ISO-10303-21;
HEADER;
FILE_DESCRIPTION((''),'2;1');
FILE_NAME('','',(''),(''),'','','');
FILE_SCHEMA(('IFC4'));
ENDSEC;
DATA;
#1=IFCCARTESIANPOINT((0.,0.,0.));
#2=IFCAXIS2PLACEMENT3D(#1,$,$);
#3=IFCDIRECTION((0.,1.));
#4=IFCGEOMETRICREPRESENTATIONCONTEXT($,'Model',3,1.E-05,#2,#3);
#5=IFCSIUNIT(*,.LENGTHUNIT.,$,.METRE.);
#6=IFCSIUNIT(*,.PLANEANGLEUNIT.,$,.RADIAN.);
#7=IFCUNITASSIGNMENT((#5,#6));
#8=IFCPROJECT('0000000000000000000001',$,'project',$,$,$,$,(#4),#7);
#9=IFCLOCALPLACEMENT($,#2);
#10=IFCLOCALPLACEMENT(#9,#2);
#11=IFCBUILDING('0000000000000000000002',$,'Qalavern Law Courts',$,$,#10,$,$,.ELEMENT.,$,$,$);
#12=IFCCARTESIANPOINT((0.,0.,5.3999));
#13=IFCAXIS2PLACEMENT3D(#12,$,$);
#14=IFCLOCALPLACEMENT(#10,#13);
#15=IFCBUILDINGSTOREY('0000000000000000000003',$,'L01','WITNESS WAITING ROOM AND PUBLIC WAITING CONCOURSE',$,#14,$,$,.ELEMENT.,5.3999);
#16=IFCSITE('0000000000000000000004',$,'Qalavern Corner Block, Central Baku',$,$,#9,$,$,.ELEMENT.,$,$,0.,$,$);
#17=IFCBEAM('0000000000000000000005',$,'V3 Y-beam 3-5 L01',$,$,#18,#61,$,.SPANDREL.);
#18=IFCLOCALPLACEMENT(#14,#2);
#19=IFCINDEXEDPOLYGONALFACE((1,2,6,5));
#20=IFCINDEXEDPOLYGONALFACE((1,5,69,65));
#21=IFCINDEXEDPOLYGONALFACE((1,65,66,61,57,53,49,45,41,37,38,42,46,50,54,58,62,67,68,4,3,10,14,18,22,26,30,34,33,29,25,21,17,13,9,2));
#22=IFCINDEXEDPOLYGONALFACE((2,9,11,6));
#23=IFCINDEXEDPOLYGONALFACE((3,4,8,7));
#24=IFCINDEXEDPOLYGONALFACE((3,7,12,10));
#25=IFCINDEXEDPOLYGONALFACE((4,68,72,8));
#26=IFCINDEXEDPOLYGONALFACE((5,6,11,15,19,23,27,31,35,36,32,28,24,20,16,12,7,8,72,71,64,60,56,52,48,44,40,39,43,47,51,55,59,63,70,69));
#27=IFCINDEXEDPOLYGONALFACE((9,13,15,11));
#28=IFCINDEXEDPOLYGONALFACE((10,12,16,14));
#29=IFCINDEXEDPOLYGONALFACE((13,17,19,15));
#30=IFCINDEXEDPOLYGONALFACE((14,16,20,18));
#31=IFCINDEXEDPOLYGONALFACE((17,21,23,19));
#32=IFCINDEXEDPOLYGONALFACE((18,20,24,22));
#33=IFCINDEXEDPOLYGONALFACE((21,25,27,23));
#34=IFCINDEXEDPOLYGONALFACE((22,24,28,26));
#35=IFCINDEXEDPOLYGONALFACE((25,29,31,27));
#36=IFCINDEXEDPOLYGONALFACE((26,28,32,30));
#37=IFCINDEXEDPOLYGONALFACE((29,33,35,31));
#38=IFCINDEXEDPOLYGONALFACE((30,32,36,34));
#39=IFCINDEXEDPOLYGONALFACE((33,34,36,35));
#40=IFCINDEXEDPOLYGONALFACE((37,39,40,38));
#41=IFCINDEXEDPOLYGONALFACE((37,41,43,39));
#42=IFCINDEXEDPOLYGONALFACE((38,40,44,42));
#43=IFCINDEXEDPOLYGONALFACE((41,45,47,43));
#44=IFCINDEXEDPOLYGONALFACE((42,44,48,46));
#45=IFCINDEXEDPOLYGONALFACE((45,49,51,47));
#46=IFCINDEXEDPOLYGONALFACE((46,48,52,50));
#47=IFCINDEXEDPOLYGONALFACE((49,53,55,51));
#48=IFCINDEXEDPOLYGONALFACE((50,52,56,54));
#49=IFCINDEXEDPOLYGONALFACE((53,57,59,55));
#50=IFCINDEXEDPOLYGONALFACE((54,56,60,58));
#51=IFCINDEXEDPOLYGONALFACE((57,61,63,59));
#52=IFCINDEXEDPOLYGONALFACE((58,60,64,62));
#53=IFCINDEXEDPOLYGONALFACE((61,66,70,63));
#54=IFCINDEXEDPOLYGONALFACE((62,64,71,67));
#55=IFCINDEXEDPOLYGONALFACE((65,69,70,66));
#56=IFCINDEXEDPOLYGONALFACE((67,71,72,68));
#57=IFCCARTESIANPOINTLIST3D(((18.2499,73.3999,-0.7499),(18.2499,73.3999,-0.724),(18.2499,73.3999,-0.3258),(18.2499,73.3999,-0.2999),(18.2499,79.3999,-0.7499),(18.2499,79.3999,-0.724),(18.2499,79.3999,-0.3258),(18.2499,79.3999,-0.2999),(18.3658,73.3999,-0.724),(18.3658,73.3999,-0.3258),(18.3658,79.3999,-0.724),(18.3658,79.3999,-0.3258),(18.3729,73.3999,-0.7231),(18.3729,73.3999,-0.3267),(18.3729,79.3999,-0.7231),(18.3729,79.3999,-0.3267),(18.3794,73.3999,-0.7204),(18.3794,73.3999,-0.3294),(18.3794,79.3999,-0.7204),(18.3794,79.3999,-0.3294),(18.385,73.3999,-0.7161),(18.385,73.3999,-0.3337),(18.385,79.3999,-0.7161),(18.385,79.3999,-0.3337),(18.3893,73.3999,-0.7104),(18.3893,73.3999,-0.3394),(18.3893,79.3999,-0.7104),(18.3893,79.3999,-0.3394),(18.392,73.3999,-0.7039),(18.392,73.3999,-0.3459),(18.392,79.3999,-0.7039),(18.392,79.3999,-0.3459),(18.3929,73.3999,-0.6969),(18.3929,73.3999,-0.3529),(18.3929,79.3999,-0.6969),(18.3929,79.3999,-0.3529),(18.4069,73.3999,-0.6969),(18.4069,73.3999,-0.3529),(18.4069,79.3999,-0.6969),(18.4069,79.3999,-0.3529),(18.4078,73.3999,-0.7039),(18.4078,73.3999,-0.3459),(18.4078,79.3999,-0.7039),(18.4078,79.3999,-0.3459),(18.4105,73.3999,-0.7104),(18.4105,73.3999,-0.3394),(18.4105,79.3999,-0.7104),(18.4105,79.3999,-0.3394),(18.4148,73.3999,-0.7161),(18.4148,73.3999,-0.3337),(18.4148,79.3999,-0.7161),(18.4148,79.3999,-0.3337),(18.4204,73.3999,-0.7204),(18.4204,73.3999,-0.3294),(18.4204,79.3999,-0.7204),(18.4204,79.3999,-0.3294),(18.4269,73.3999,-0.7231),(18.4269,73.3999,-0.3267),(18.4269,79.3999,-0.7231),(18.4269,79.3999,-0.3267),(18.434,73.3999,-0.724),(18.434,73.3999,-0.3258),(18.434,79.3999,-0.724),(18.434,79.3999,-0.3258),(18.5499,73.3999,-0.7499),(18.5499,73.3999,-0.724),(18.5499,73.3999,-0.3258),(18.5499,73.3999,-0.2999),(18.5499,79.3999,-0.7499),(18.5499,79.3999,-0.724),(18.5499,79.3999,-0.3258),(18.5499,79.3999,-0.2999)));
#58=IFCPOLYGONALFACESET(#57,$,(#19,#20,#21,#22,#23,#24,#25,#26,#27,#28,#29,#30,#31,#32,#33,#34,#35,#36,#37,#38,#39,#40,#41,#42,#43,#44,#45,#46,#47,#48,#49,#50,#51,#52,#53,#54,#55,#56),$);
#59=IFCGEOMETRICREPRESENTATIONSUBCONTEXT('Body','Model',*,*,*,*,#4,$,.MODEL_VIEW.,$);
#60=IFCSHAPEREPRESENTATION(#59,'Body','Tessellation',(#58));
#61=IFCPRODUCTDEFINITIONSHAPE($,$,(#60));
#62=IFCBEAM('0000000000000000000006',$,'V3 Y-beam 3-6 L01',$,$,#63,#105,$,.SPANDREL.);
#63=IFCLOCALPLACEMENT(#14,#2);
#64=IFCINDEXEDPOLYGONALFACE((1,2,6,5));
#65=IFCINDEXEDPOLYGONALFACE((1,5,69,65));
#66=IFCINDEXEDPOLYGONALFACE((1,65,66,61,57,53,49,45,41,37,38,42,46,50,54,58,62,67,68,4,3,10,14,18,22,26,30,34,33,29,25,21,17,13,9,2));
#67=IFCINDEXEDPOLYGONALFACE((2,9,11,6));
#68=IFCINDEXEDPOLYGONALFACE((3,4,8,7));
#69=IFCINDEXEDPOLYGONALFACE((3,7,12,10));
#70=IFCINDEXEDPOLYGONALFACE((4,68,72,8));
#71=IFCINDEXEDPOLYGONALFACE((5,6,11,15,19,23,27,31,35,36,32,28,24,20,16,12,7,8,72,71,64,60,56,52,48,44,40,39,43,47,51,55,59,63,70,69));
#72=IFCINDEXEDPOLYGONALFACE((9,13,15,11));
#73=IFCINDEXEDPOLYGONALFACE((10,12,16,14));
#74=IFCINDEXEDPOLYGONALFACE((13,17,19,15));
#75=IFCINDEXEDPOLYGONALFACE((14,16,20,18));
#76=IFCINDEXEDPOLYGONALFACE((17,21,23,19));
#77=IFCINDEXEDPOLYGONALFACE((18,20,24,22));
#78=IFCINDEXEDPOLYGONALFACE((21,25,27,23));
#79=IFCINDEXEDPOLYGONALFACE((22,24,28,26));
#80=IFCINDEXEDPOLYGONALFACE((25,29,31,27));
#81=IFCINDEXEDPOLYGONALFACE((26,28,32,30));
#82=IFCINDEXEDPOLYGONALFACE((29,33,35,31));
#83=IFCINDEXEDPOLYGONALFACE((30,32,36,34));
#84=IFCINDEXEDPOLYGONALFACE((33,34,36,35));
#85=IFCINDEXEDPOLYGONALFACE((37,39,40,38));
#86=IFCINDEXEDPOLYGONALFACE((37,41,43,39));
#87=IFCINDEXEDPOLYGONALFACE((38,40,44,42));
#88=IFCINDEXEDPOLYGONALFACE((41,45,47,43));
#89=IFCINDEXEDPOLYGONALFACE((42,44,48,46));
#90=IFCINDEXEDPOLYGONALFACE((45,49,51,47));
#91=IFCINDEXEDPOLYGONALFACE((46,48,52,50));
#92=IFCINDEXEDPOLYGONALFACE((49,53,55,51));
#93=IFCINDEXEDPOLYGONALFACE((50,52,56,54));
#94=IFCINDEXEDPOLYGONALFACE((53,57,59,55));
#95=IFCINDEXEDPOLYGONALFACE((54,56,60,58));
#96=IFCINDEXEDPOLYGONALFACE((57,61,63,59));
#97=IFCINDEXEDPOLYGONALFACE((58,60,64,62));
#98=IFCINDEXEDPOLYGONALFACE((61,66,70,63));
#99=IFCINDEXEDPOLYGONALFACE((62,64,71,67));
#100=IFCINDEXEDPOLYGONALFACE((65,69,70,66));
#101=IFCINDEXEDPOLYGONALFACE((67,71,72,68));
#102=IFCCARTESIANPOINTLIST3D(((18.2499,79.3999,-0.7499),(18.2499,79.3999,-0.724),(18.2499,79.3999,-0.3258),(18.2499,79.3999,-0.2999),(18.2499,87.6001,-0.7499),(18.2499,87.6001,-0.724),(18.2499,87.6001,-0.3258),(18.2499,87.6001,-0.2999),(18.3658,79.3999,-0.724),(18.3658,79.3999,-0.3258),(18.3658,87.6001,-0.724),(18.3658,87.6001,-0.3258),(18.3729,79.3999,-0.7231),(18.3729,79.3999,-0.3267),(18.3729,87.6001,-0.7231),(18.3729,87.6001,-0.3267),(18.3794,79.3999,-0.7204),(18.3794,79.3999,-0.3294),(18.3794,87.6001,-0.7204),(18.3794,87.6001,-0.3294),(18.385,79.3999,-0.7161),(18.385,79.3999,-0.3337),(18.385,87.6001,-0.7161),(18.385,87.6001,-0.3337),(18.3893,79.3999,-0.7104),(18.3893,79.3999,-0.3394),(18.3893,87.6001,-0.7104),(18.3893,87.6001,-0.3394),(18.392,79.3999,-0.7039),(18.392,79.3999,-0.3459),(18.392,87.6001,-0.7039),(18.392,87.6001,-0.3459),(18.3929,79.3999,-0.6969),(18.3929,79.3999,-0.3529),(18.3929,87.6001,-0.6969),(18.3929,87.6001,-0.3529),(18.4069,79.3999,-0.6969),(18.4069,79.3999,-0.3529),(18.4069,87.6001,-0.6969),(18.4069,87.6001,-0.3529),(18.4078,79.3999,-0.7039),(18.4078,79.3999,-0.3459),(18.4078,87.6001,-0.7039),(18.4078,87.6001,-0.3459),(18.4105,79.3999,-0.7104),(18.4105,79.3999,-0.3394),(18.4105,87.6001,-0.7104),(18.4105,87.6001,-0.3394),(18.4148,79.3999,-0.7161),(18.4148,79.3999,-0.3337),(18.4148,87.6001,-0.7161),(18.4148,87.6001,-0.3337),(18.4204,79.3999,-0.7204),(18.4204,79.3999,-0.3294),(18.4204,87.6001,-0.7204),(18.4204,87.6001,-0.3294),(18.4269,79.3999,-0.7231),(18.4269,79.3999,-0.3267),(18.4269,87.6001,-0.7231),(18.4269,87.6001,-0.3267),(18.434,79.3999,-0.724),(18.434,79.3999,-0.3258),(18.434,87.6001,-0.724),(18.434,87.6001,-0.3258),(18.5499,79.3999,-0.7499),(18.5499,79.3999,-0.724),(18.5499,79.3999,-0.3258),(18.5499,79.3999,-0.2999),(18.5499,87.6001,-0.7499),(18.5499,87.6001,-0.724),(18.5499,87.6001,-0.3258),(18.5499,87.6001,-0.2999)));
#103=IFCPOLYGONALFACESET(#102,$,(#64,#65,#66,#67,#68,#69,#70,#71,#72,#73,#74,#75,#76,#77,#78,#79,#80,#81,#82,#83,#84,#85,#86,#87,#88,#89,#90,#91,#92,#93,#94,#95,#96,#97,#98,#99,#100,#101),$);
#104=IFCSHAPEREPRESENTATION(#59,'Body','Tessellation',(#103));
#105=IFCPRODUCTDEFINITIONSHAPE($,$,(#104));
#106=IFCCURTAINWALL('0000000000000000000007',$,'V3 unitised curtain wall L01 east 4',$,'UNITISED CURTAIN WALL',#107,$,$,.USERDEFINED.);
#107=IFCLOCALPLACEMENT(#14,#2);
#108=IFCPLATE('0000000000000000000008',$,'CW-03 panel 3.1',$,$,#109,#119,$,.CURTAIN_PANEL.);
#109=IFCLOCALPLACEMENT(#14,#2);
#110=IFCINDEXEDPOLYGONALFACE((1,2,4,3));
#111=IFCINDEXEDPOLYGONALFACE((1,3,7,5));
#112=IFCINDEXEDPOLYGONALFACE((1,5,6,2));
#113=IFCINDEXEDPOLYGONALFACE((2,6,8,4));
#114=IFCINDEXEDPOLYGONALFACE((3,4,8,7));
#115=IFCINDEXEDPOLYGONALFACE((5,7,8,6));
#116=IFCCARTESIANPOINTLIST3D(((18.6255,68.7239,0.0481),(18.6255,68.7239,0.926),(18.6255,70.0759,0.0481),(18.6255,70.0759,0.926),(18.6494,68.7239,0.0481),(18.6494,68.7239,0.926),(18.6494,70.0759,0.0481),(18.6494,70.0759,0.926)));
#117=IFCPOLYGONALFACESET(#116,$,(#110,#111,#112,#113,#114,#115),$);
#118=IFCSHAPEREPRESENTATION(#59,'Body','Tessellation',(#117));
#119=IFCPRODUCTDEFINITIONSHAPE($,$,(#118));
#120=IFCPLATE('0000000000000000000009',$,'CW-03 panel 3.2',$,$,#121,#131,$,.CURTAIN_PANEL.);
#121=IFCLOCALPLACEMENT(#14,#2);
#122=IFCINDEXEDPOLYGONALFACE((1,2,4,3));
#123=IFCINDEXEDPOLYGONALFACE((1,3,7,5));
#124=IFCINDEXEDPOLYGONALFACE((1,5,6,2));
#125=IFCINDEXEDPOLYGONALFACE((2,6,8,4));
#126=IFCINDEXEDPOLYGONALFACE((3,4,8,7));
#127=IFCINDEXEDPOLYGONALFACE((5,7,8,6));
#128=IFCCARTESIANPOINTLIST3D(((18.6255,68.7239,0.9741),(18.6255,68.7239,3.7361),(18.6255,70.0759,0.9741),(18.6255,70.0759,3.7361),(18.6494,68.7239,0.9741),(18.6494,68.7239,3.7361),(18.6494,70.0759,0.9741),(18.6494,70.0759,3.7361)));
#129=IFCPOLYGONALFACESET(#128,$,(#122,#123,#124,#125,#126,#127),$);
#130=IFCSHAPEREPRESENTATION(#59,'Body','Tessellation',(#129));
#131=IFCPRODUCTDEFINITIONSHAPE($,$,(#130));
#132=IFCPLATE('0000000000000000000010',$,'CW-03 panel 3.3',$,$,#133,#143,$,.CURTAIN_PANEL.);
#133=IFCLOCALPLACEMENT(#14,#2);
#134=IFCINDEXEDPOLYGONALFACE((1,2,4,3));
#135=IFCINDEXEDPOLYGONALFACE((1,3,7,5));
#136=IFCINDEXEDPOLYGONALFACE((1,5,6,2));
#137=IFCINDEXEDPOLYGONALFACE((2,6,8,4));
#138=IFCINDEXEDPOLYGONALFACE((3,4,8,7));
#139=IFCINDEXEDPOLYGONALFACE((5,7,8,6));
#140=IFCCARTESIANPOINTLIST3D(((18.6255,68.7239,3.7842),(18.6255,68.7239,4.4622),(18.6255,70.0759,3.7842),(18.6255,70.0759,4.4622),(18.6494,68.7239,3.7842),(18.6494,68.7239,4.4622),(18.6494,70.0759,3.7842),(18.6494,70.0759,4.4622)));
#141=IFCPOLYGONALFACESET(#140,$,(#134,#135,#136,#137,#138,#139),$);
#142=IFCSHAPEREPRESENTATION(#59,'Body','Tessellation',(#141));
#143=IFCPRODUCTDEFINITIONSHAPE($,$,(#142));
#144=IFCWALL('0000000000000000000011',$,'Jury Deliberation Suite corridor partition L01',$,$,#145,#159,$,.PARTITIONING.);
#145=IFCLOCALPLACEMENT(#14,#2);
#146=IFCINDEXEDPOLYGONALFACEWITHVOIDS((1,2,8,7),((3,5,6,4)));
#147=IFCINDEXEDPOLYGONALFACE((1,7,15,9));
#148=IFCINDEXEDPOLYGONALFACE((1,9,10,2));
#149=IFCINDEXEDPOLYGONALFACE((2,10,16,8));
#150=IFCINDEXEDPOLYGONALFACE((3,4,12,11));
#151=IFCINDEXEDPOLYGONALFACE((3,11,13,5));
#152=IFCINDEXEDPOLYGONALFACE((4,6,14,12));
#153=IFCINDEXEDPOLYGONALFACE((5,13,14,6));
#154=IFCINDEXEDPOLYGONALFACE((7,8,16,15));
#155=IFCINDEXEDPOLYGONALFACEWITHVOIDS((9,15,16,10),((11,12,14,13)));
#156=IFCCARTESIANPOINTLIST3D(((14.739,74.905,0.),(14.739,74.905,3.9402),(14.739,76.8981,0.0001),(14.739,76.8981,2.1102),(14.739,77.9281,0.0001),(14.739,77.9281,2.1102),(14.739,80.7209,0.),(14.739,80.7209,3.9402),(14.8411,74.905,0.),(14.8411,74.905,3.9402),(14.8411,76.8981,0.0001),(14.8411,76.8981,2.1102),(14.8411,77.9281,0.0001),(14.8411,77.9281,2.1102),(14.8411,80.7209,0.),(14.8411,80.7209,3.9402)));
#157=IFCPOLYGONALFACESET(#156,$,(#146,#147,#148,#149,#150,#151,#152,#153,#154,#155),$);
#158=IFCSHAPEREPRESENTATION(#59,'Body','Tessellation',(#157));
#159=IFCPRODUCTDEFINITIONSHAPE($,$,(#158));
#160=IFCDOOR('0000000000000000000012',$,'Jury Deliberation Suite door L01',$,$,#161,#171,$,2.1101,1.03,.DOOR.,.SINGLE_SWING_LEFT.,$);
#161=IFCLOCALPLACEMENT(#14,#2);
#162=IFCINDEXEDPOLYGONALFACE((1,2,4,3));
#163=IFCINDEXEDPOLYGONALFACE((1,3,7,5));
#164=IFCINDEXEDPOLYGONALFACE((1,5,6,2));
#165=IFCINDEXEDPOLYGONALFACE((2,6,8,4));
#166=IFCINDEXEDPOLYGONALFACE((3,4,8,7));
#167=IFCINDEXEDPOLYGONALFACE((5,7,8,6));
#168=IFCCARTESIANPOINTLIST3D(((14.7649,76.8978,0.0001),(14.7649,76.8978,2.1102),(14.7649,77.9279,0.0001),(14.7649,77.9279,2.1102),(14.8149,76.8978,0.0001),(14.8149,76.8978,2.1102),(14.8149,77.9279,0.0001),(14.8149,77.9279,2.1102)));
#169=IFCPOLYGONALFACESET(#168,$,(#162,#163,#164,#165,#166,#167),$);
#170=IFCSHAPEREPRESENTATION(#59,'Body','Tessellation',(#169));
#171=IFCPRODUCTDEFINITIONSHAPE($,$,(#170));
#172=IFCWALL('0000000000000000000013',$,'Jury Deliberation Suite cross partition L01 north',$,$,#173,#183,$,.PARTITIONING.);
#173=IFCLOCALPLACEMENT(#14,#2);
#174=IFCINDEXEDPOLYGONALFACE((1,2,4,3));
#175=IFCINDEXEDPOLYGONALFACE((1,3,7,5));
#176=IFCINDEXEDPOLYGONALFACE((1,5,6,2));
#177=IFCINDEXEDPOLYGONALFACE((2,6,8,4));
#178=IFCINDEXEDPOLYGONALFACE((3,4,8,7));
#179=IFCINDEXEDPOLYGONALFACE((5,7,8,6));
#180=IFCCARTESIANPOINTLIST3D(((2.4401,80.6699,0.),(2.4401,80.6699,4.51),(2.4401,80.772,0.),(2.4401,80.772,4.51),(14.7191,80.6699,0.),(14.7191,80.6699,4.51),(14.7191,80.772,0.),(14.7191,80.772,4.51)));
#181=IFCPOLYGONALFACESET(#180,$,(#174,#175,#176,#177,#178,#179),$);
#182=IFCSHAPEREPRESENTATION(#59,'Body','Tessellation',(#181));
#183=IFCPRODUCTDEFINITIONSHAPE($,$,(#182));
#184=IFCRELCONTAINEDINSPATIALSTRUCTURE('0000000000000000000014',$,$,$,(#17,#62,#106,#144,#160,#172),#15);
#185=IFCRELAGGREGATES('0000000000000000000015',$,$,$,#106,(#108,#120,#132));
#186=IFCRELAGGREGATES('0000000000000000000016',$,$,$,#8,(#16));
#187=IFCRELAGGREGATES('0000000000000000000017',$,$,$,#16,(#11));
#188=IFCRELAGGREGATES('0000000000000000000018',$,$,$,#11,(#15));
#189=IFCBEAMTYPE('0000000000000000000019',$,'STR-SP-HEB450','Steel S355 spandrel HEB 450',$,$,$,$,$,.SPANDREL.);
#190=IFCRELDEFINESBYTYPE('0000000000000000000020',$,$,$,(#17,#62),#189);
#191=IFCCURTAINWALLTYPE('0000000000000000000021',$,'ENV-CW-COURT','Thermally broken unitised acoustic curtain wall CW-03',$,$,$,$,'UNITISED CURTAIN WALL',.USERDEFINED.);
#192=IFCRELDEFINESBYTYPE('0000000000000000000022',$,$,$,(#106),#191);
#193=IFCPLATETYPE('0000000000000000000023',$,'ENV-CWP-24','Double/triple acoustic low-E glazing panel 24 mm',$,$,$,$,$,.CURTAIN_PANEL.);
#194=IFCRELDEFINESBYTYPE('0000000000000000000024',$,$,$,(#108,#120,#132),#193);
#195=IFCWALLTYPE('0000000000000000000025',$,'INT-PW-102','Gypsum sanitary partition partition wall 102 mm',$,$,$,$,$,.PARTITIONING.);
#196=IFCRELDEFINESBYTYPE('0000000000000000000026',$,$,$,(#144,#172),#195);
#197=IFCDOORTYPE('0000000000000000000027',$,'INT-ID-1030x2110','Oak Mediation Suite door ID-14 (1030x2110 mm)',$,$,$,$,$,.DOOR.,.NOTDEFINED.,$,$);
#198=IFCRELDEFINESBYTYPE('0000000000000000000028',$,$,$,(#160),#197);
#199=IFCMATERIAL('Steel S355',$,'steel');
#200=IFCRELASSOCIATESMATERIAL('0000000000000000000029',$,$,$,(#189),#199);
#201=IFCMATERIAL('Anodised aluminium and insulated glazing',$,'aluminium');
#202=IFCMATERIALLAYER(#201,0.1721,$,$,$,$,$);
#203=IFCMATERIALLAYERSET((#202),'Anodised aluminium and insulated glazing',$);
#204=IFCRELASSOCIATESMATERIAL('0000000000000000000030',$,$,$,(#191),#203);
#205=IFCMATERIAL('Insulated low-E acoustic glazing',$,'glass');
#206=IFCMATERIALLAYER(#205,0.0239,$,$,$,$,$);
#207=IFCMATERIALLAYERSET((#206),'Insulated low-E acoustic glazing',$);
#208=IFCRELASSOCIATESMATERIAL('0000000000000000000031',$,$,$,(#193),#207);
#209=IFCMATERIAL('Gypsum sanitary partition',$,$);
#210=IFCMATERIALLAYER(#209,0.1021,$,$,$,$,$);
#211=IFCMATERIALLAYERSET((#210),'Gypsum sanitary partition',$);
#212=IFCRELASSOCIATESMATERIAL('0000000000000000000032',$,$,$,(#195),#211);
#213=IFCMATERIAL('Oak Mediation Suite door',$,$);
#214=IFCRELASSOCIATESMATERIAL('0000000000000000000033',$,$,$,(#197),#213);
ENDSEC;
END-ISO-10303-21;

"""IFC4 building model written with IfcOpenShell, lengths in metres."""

from ifc_helpers import new_model, si_unit, direction, frame, frame_2d, origin, origin_2d, place, context, subcontext, project, spatial, rectangle, i_section, extrude, material, layer, layer_set, material_profile, profile_set, type_object, element, fill, aggregate, save


model = new_model("IFC4")

# Units and contexts
model_context = context("Model", 3, precision=1e-05, world=origin(), true_north=direction((0.0, 1.0)))
body_context = subcontext(model_context, "Body", "Model", "MODEL_VIEW")
ifc_project = project(units=[si_unit("LENGTHUNIT", "METRE"), si_unit("PLANEANGLEUNIT", "RADIAN")], contexts=[model_context])

# Site, building, storey
site_placement = place(None, origin())
site = spatial("IfcSite", under=ifc_project, at=site_placement, Name="Qalavern Corner Block, Central Baku", CompositionType="ELEMENT", RefElevation=0.0)
building_placement = place(site_placement, origin())
building = spatial("IfcBuilding", under=site, at=building_placement, Name="Qalavern Law Courts", CompositionType="ELEMENT")
storey_placement = place(building_placement, frame((0.0, 0.0, 5.3999)))
storey = spatial("IfcBuildingStorey", under=building, at=storey_placement, Name="L01", Description="WITNESS WAITING ROOM AND PUBLIC WAITING CONCOURSE", CompositionType="ELEMENT", Elevation=5.3999)

# Beams
ifc_material_1 = material(Name="Steel S355", Category="steel")
ifc_material_profile_1 = material_profile(ifc_material_1, i_section(OverallWidth=0.3, OverallDepth=0.45, WebThickness=0.0139, FlangeThickness=0.0259, FilletRadius=0.0271, at=origin_2d()), Name="HEB 450")
ifc_profile_set_1 = profile_set([ifc_material_profile_1], Name="Steel S355")
beam_type_1 = type_object("IfcBeamType", Name="STR-SP-HEB450", Description="Steel S355 spandrel HEB 450", PredefinedType="SPANDREL", material=ifc_profile_set_1)
beam_1_placement = place(storey_placement, frame((18.3999, 73.3999, -0.5249), z_axis=(0.0, 1.0, 0.0), x_axis=(-1.0, 0.0, 0.0)))
element("IfcBeam", 1, at=beam_1_placement, inside=storey, type_object=beam_type_1, Name="V3 Y-beam 3-5 L01", PredefinedType="SPANDREL", context=body_context, shape_type="SweptSolid", body=[
    extrude(i_section(OverallWidth=0.3, OverallDepth=0.45, WebThickness=0.0139, FlangeThickness=0.0259, FilletRadius=0.0271, at=origin_2d()), origin(), (0.0, 0.0, 1.0), 6.0),
])
beam_2_placement = place(storey_placement, frame((18.3999, 79.3999, -0.5249), z_axis=(0.0, 1.0, 0.0), x_axis=(-1.0, 0.0, 0.0)))
element("IfcBeam", 2, at=beam_2_placement, inside=storey, type_object=beam_type_1, Name="V3 Y-beam 3-6 L01", PredefinedType="SPANDREL", context=body_context, shape_type="SweptSolid", body=[
    extrude(i_section(OverallWidth=0.3, OverallDepth=0.45, WebThickness=0.0139, FlangeThickness=0.0259, FilletRadius=0.0271, at=origin_2d()), origin(), (0.0, 0.0, 1.0), 8.2002),
])

# Curtain wall, plates
ifc_material_2 = material(Name="Anodised aluminium and insulated glazing", Category="aluminium")
ifc_layer_1 = layer(ifc_material_2, 0.1721)
ifc_layer_set_1 = layer_set([ifc_layer_1], Name="Anodised aluminium and insulated glazing")
curtain_wall_type = type_object("IfcCurtainWallType", Name="ENV-CW-COURT", Description="Thermally broken unitised acoustic curtain wall CW-03", ElementType="UNITISED CURTAIN WALL", PredefinedType="USERDEFINED", material=ifc_layer_set_1)
curtain_wall_placement = place(storey_placement, origin())
curtain_wall = element("IfcCurtainWall", 3, at=curtain_wall_placement, inside=storey, type_object=curtain_wall_type, Name="V3 unitised curtain wall L01 east 4", ObjectType="UNITISED CURTAIN WALL", PredefinedType="USERDEFINED")
ifc_material_3 = material(Name="Insulated low-E acoustic glazing", Category="glass")
ifc_layer_2 = layer(ifc_material_3, 0.0239)
ifc_layer_set_2 = layer_set([ifc_layer_2], Name="Insulated low-E acoustic glazing")
plate_type = type_object("IfcPlateType", Name="ENV-CWP-24", Description="Double/triple acoustic low-E glazing panel 24 mm", PredefinedType="CURTAIN_PANEL", material=ifc_layer_set_2)
plate_1_placement = place(storey_placement, frame((18.6375, 69.3999, 0.0481), z_axis=(0.0, 0.0, 1.0), x_axis=(0.0, 1.0, 0.0)))
plate_1 = element("IfcPlate", 4, at=plate_1_placement, type_object=plate_type, Name="CW-03 panel 3.1", PredefinedType="CURTAIN_PANEL", context=body_context, shape_type="SweptSolid", body=[
    extrude(rectangle(XDim=1.3521, YDim=0.0239, at=origin_2d()), origin(), (0.0, 0.0, 1.0), 0.8779),
])
plate_2_placement = place(storey_placement, frame((18.6375, 69.3999, 0.9741), z_axis=(0.0, 0.0, 1.0), x_axis=(0.0, 1.0, 0.0)))
plate_2 = element("IfcPlate", 5, at=plate_2_placement, type_object=plate_type, Name="CW-03 panel 3.2", PredefinedType="CURTAIN_PANEL", context=body_context, shape_type="SweptSolid", body=[
    extrude(rectangle(XDim=1.3521, YDim=0.0239, at=origin_2d()), origin(), (0.0, 0.0, 1.0), 2.762),
])
plate_3_placement = place(storey_placement, frame((18.6375, 69.3999, 3.7842), z_axis=(0.0, 0.0, 1.0), x_axis=(0.0, 1.0, 0.0)))
plate_3 = element("IfcPlate", 6, at=plate_3_placement, type_object=plate_type, Name="CW-03 panel 3.3", PredefinedType="CURTAIN_PANEL", context=body_context, shape_type="SweptSolid", body=[
    extrude(rectangle(XDim=1.3521, YDim=0.0239, at=origin_2d()), origin(), (0.0, 0.0, 1.0), 0.678),
])
aggregate(curtain_wall, [plate_1, plate_2, plate_3])

# Wall, opening, door
ifc_material_4 = material(Name="Gypsum sanitary partition")
ifc_layer_3 = layer(ifc_material_4, 0.1021)
ifc_layer_set_3 = layer_set([ifc_layer_3], Name="Gypsum sanitary partition")
wall_type_1 = type_object("IfcWallType", Name="INT-PW-102", Description="Gypsum sanitary partition partition wall 102 mm", PredefinedType="PARTITIONING", material=ifc_layer_set_3)
wall_1_placement = place(storey_placement, frame((14.79, 74.905, 0.0), z_axis=(0.0, 0.0, 1.0), x_axis=(0.0, 1.0, 0.0)))
wall_1 = element("IfcWall", 7, at=wall_1_placement, inside=storey, type_object=wall_type_1, Name="Jury Deliberation Suite corridor partition L01", PredefinedType="PARTITIONING", context=body_context, shape_type="SweptSolid", body=[
    extrude(rectangle(XDim=5.8159, YDim=0.1021, at=frame_2d((2.908, 0.0))), origin(), (0.0, 0.0, 1.0), 3.9402),
])
opening_1_placement = place(wall_1_placement, frame((1.9929, 0.0, 0.0)))
opening_1 = element("IfcOpeningElement", 8, at=opening_1_placement, cuts=wall_1, PredefinedType="OPENING", context=body_context, shape_type="SweptSolid", body=[
    extrude(rectangle(XDim=1.03, YDim=2.1101, at=frame_2d((0.5151, 1.0552))), frame((0.0, 0.0659, 0.0), z_axis=(0.0, -1.0, 0.0), x_axis=(1.0, 0.0, 0.0)), (0.0, 0.0, 1.0), 0.1318),
])
ifc_material_5 = material(Name="Oak Mediation Suite door")
door_type_1 = type_object("IfcDoorType", Name="INT-ID-1030x2110", Description="Oak Mediation Suite door ID-14 (1030x2110 mm)", OperationType="NOTDEFINED", PredefinedType="DOOR", material=ifc_material_5)
door_1_placement = place(opening_1_placement, frame((1.03, 0.0, 0.0), z_axis=(0.0, 0.0, 1.0), x_axis=(-1.0, 0.0, 0.0)))
door_1 = element("IfcDoor", 9, at=door_1_placement, inside=storey, type_object=door_type_1, Name="Jury Deliberation Suite door L01", OperationType="SINGLE_SWING_LEFT", OverallHeight=2.1101, OverallWidth=1.03, PredefinedType="DOOR", context=body_context, shape_type="SweptSolid", body=[
    extrude(rectangle(XDim=1.03, YDim=2.1101, at=frame_2d((0.5151, 1.0552))), frame((0.0, 0.0249, 0.0), z_axis=(0.0, -1.0, 0.0), x_axis=(1.0, 0.0, 0.0)), (0.0, 0.0, 1.0), 0.05),
])
fill(opening_1, door_1)

# Wall
wall_2_placement = place(storey_placement, frame((2.4399, 80.7209, 0.0), z_axis=(0.0, 0.0, 1.0), x_axis=(1.0, 0.0, 0.0)))
element("IfcWall", 10, at=wall_2_placement, inside=storey, type_object=wall_type_1, Name="Jury Deliberation Suite cross partition L01 north", PredefinedType="PARTITIONING", context=body_context, shape_type="SweptSolid", body=[
    extrude(rectangle(XDim=12.2791, YDim=0.1021, at=frame_2d((6.1396, 0.0))), origin(), (0.0, 0.0, 1.0), 4.51),
])

save(model, "model.ifc")
